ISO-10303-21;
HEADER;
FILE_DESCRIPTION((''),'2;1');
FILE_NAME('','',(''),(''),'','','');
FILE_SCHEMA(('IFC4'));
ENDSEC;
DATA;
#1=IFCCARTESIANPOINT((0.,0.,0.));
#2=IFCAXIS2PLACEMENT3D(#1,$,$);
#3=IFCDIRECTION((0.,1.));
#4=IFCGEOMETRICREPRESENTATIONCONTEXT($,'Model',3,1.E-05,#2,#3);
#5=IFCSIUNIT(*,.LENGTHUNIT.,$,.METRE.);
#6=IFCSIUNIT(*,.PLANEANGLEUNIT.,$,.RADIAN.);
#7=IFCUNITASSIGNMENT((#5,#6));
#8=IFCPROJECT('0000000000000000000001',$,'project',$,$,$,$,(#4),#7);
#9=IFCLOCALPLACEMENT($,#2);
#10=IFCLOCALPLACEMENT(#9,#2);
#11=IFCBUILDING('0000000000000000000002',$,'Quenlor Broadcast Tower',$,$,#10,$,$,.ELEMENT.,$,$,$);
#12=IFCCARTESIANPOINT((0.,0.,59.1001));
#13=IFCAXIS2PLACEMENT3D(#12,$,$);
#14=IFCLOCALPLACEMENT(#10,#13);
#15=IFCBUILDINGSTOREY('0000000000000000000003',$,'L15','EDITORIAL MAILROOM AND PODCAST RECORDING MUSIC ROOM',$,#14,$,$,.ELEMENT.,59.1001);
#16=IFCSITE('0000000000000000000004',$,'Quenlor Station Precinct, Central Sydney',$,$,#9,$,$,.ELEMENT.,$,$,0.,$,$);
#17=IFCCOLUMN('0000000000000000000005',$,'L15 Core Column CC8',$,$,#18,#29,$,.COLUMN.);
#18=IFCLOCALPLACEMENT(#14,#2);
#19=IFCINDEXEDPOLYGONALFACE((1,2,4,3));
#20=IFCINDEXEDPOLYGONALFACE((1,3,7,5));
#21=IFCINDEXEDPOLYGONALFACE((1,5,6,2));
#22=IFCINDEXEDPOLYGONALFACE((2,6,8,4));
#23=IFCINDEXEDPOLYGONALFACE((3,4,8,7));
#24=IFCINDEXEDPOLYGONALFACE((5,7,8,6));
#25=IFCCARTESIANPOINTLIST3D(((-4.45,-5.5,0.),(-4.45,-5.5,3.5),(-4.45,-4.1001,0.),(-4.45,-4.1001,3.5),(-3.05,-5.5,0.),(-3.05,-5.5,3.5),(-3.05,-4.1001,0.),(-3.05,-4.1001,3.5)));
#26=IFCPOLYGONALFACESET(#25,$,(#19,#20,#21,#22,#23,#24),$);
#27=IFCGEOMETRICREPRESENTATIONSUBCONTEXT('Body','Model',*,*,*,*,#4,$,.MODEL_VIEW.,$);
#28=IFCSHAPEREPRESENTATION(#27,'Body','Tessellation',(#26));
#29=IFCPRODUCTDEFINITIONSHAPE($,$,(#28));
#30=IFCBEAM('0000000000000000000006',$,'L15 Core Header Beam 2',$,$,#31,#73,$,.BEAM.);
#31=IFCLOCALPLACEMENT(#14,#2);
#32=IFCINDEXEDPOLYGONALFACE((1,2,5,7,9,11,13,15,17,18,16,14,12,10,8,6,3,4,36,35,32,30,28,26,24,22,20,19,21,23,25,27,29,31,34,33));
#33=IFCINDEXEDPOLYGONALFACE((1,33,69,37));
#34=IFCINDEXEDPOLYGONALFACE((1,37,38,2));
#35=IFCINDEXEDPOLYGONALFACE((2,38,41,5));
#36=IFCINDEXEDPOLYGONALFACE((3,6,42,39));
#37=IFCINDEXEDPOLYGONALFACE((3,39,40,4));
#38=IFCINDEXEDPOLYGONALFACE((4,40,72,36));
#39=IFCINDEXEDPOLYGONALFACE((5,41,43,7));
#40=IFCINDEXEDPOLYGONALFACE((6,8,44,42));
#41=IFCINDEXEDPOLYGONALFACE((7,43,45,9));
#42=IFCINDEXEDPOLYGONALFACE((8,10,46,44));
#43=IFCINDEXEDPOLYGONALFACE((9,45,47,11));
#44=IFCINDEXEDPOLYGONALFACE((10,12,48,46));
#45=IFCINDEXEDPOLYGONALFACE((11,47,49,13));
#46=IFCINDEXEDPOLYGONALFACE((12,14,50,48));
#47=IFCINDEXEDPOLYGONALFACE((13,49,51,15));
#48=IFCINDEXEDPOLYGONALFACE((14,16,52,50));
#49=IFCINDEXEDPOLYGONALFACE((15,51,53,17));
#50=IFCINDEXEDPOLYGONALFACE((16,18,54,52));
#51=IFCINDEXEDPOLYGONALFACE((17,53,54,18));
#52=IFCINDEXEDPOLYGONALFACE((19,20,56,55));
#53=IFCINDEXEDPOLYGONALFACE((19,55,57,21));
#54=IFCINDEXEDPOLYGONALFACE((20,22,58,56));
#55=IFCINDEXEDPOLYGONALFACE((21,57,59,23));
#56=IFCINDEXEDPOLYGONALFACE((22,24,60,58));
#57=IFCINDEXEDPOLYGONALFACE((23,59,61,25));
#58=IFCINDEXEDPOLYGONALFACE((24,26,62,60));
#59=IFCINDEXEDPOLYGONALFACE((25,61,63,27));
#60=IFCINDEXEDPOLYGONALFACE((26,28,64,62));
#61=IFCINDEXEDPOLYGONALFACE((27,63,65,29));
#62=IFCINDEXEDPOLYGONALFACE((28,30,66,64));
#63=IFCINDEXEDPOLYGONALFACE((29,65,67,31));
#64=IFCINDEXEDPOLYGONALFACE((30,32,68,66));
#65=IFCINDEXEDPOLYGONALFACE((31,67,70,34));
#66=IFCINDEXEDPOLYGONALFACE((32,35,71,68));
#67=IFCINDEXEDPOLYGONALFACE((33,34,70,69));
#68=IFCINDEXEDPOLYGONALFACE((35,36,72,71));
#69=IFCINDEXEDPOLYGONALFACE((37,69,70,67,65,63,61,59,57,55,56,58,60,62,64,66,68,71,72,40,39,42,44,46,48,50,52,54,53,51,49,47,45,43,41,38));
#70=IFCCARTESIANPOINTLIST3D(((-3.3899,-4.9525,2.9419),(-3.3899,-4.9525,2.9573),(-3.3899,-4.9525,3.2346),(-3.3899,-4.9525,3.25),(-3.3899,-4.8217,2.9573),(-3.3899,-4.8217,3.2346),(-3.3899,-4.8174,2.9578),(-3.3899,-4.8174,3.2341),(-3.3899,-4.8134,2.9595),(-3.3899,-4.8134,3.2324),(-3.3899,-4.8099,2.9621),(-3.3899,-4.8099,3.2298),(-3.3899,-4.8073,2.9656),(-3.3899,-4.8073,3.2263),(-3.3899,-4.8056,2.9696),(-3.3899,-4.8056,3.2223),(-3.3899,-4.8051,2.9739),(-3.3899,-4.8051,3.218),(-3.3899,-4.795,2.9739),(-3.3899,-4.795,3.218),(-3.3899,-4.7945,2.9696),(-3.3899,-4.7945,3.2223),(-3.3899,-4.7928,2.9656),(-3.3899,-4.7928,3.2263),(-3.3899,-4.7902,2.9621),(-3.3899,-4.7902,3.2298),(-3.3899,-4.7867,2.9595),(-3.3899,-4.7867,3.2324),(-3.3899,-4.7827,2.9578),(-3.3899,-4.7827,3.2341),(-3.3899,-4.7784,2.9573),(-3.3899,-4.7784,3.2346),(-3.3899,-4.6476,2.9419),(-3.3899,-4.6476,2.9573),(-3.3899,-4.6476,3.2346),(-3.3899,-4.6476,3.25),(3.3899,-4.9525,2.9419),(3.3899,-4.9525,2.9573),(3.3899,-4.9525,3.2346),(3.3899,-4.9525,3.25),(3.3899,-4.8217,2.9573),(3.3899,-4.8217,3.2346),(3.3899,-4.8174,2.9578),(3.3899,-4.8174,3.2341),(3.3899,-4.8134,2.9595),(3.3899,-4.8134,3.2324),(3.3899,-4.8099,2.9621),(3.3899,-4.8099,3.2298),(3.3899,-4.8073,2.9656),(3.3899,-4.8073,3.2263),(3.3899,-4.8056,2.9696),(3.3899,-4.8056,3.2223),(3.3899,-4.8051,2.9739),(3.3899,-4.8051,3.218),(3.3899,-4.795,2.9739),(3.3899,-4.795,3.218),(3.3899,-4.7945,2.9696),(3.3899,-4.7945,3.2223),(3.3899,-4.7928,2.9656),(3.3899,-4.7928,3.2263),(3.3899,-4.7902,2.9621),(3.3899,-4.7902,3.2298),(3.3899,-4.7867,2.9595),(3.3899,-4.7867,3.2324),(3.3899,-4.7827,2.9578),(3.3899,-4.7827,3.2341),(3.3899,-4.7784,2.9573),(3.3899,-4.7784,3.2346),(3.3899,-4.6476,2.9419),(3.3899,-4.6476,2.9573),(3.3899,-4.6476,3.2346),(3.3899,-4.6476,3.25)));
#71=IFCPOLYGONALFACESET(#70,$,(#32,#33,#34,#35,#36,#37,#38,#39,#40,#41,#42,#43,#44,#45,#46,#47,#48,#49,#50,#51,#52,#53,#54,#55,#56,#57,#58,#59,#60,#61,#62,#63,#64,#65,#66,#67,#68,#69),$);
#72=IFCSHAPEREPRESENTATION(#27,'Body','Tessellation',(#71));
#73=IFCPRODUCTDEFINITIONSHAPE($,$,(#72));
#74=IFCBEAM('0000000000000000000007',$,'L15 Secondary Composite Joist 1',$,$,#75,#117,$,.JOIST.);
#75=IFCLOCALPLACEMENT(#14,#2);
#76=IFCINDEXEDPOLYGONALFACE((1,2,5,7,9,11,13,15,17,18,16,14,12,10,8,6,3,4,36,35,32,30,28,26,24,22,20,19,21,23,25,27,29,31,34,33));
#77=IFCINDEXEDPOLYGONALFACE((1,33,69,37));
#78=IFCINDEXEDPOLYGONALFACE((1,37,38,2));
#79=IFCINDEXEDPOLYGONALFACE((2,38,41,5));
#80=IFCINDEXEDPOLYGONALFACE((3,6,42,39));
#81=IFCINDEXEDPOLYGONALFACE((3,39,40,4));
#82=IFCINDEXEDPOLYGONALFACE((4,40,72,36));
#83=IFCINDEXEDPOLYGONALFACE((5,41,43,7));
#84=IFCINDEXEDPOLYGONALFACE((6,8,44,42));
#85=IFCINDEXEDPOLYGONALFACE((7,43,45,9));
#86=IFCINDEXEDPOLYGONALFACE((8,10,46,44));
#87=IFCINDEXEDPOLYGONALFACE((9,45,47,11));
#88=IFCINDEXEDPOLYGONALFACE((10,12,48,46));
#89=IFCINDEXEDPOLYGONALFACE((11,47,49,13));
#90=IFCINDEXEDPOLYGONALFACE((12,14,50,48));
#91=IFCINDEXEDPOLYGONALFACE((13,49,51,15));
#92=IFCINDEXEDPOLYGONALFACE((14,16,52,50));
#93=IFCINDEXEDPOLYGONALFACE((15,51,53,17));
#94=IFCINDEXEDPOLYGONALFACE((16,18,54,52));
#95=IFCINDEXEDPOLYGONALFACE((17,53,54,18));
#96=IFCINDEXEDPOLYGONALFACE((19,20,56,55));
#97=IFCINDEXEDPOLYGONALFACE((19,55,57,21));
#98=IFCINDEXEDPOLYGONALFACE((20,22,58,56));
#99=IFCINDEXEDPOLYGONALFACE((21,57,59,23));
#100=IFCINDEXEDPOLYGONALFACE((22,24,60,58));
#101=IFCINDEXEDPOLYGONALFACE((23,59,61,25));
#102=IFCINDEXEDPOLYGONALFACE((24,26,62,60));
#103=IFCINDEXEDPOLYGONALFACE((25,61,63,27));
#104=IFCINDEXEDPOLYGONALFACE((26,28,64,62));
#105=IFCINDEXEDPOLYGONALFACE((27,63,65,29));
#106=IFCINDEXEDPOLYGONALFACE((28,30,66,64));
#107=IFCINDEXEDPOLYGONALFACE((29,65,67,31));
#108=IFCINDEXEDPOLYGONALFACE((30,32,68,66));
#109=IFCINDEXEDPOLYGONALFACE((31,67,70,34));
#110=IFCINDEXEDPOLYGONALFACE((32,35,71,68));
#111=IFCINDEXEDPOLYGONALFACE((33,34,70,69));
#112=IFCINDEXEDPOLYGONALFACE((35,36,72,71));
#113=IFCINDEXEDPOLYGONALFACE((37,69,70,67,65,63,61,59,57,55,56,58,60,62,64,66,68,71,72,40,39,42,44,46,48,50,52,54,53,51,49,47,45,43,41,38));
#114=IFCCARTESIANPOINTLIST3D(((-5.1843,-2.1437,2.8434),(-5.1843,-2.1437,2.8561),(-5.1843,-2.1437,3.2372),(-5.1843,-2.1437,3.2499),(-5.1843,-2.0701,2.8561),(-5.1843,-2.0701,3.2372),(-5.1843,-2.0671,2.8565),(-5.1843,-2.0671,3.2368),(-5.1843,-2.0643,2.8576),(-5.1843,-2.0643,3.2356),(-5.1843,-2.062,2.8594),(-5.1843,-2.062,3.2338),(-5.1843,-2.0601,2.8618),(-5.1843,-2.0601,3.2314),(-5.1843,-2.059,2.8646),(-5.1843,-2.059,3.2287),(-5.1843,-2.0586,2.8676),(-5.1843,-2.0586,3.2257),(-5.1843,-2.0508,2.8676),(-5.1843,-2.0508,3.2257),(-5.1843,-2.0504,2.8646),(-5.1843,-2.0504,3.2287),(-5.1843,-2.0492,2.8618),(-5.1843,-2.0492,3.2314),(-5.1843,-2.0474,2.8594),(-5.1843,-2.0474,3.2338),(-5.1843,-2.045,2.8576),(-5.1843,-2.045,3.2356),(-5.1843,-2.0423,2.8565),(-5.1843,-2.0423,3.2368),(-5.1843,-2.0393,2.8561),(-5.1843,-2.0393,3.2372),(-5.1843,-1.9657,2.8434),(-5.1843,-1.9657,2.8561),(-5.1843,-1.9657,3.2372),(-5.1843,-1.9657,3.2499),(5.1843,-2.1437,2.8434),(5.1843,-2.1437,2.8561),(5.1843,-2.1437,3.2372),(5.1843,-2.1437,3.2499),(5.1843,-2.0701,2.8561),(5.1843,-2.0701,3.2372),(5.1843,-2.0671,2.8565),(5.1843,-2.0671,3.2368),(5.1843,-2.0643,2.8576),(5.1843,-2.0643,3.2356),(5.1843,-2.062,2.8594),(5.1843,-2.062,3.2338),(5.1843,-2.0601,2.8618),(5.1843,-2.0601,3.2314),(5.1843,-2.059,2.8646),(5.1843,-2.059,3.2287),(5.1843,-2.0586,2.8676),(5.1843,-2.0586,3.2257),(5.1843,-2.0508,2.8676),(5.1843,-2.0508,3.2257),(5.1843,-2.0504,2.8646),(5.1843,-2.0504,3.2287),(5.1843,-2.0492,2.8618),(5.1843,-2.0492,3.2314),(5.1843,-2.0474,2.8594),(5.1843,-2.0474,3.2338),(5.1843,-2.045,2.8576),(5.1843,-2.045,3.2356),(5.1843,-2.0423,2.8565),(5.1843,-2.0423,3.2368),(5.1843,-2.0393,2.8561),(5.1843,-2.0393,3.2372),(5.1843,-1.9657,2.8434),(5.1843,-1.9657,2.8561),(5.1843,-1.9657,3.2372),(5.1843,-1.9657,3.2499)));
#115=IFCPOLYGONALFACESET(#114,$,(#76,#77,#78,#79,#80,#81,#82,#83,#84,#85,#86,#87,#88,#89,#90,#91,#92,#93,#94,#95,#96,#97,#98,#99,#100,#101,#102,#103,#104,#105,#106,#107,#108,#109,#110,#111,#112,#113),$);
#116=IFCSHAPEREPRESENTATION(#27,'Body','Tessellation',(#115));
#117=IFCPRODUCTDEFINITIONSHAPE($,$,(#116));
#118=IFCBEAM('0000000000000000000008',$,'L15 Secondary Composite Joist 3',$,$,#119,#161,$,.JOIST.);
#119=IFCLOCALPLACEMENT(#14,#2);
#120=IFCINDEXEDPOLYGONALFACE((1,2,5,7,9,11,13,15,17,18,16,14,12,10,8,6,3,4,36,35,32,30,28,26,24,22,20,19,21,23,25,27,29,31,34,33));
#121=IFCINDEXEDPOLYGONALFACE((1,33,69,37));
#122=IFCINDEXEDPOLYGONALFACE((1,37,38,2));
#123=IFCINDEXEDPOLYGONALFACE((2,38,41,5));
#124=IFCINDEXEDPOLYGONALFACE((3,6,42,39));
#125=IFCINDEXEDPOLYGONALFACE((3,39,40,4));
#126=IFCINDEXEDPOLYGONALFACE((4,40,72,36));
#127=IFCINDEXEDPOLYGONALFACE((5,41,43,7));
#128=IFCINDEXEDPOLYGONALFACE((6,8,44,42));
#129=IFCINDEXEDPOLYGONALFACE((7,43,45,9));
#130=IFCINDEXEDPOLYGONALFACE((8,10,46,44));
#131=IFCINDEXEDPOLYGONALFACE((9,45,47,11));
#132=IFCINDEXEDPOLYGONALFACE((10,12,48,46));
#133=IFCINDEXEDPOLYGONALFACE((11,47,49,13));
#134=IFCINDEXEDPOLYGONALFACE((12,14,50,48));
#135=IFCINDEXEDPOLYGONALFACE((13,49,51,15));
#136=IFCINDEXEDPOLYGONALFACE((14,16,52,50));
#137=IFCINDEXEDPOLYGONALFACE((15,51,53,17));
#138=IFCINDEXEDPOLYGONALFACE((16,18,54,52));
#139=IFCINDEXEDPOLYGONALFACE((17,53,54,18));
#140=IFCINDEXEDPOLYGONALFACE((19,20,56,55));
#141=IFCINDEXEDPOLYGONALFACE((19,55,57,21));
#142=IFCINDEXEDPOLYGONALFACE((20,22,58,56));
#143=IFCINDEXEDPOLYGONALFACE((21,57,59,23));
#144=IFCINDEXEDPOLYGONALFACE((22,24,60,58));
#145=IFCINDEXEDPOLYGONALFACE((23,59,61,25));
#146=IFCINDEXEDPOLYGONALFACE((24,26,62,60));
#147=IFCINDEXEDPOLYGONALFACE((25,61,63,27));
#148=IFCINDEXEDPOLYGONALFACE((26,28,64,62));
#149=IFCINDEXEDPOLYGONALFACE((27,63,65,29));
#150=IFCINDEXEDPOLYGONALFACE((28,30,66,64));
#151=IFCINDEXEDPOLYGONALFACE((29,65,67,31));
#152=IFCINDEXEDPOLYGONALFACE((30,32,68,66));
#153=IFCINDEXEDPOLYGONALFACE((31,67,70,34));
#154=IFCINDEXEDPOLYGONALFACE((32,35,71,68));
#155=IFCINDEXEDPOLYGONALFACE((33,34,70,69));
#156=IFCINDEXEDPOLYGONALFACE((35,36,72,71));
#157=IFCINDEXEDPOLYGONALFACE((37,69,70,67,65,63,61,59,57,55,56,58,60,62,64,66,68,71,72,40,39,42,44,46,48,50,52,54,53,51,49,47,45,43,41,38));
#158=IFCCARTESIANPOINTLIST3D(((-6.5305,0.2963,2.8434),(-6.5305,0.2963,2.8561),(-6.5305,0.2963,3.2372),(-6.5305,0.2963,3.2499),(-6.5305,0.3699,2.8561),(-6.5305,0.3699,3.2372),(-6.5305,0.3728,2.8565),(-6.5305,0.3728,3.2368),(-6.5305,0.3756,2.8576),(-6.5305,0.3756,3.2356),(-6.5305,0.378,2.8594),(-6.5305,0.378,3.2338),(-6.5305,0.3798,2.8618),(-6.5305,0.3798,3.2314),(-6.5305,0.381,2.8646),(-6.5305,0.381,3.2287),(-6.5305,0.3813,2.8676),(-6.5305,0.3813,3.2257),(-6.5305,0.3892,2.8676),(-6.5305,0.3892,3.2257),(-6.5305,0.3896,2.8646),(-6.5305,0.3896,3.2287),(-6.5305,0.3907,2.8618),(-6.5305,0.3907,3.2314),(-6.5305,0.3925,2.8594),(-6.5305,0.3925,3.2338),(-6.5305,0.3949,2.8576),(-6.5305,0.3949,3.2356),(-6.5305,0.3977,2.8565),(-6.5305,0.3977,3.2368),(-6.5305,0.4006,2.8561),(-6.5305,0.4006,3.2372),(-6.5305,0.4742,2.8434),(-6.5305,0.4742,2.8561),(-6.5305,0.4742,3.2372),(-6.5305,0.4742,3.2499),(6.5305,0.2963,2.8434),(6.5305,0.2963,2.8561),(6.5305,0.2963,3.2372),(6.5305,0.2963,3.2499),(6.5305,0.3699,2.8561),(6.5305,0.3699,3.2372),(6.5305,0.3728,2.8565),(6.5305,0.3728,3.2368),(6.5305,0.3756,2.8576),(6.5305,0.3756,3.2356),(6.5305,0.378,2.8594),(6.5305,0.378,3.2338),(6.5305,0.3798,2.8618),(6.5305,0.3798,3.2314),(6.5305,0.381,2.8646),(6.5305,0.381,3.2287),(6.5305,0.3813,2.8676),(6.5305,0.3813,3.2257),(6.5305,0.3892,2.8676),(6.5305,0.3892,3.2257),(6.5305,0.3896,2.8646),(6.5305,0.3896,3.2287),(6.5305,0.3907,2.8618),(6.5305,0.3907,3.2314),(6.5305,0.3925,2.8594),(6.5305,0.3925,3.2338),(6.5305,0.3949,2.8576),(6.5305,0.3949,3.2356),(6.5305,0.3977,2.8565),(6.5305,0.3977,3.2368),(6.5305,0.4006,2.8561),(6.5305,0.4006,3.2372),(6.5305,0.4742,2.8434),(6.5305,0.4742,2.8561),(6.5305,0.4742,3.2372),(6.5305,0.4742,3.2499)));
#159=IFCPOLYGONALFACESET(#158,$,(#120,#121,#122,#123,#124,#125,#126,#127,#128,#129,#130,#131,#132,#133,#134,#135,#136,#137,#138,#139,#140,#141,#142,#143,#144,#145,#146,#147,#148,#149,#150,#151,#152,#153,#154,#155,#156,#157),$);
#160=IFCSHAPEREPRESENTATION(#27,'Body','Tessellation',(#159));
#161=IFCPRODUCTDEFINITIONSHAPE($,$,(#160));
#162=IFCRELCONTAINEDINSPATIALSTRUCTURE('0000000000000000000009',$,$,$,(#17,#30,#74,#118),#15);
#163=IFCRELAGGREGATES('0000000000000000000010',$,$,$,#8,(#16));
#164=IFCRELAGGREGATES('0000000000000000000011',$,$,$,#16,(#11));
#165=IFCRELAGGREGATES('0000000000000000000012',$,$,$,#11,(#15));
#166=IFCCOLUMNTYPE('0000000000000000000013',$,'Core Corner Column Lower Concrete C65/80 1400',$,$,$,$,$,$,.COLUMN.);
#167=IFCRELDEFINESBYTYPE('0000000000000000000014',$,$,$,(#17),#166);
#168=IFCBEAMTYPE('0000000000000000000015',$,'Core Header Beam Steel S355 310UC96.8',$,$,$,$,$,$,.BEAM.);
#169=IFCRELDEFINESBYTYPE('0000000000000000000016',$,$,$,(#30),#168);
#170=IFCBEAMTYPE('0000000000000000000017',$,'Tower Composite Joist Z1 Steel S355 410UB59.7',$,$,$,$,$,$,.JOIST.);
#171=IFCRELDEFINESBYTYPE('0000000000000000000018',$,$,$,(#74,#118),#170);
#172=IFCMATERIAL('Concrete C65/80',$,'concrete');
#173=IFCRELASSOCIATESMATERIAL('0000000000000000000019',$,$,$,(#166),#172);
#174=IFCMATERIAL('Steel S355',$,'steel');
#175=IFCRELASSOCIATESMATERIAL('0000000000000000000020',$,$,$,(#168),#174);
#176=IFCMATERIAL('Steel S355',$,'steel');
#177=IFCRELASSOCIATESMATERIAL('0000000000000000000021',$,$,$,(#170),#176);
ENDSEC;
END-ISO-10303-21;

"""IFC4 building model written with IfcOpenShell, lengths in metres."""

from ifc_helpers import new_model, si_unit, direction, frame, origin, origin_2d, place, context, subcontext, project, spatial, rectangle, i_section, extrude, material, material_profile, profile_set, type_object, element, save


model = new_model("IFC4")

# Units and contexts
model_context = context("Model", 3, precision=1e-05, world=origin(), true_north=direction((0.0, 1.0)))
body_context = subcontext(model_context, "Body", "Model", "MODEL_VIEW")
ifc_project = project(units=[si_unit("LENGTHUNIT", "METRE"), si_unit("PLANEANGLEUNIT", "RADIAN")], contexts=[model_context])

# Site, building, storey
site_placement = place(None, origin())
site = spatial("IfcSite", under=ifc_project, at=site_placement, Name="Quenlor Station Precinct, Central Sydney", CompositionType="ELEMENT", RefElevation=0.0)
building_placement = place(site_placement, origin())
building = spatial("IfcBuilding", under=site, at=building_placement, Name="Quenlor Broadcast Tower", CompositionType="ELEMENT")
storey_placement = place(building_placement, frame((0.0, 0.0, 59.1001)))
storey = spatial("IfcBuildingStorey", under=building, at=storey_placement, Name="L15", Description="EDITORIAL MAILROOM AND PODCAST RECORDING MUSIC ROOM", CompositionType="ELEMENT", Elevation=59.1001)

# Column
ifc_material_1 = material(Name="Concrete C65/80", Category="concrete")
ifc_material_profile_1 = material_profile(ifc_material_1, rectangle(XDim=1.3999, YDim=1.3999, at=origin_2d()))
ifc_profile_set_1 = profile_set([ifc_material_profile_1], Name="Concrete C65/80 RC1400x1400")
column_type = type_object("IfcColumnType", Name="Core Corner Column Lower Concrete C65/80 1400", PredefinedType="COLUMN", material=ifc_profile_set_1)
column_placement = place(storey_placement, frame((-3.75, -4.8, 0.0), z_axis=(0.0, 0.0, 1.0), x_axis=(1.0, 0.0, 0.0)))
element("IfcColumn", 1, at=column_placement, inside=storey, type_object=column_type, Name="L15 Core Column CC8", PredefinedType="COLUMN", context=body_context, shape_type="SweptSolid", body=[
    extrude(rectangle(XDim=1.3999, YDim=1.3999, at=origin_2d()), origin(), (0.0, 0.0, 1.0), 3.5),
])

# Beams
ifc_material_2 = material(Name="Steel S355", Category="steel")
ifc_material_profile_2 = material_profile(ifc_material_2, i_section(OverallWidth=0.3049, OverallDepth=0.3081, WebThickness=0.01, FlangeThickness=0.0154, FilletRadius=0.0166, at=origin_2d()))
ifc_profile_set_2 = profile_set([ifc_material_profile_2], Name="Steel S355 310UC96.8")
beam_type_1 = type_object("IfcBeamType", Name="Core Header Beam Steel S355 310UC96.8", PredefinedType="BEAM", material=ifc_profile_set_2)
beam_1_placement = place(storey_placement, frame((-3.3899, -4.8, 3.0959), z_axis=(1.0, 0.0, 0.0), x_axis=(0.0, 1.0, 0.0)))
element("IfcBeam", 2, at=beam_1_placement, inside=storey, type_object=beam_type_1, Name="L15 Core Header Beam 2", PredefinedType="BEAM", context=body_context, shape_type="SweptSolid", body=[
    extrude(i_section(OverallWidth=0.3049, OverallDepth=0.3081, WebThickness=0.01, FlangeThickness=0.0154, FilletRadius=0.0166, at=origin_2d()), origin(), (0.0, 0.0, 1.0), 6.7798),
])
ifc_material_3 = material(Name="Steel S355", Category="steel")
ifc_material_profile_3 = material_profile(ifc_material_3, i_section(OverallWidth=0.178, OverallDepth=0.4065, WebThickness=0.0078, FlangeThickness=0.0127, FilletRadius=0.0115, at=origin_2d()))
ifc_profile_set_3 = profile_set([ifc_material_profile_3], Name="Steel S355 410UB59.7")
beam_type_2 = type_object("IfcBeamType", Name="Tower Composite Joist Z1 Steel S355 410UB59.7", PredefinedType="JOIST", material=ifc_profile_set_3)
beam_2_placement = place(storey_placement, frame((-5.1843, -2.0547, 3.0466), z_axis=(1.0, 0.0, 0.0), x_axis=(0.0, 1.0, 0.0)))
element("IfcBeam", 3, at=beam_2_placement, inside=storey, type_object=beam_type_2, Name="L15 Secondary Composite Joist 1", PredefinedType="JOIST", context=body_context, shape_type="SweptSolid", body=[
    extrude(i_section(OverallWidth=0.178, OverallDepth=0.4065, WebThickness=0.0078, FlangeThickness=0.0127, FilletRadius=0.0115, at=origin_2d()), origin(), (0.0, 0.0, 1.0), 10.3687),
])
beam_3_placement = place(storey_placement, frame((-6.5305, 0.3853, 3.0466), z_axis=(1.0, 0.0, 0.0), x_axis=(0.0, 1.0, 0.0)))
element("IfcBeam", 4, at=beam_3_placement, inside=storey, type_object=beam_type_2, Name="L15 Secondary Composite Joist 3", PredefinedType="JOIST", context=body_context, shape_type="SweptSolid", body=[
    extrude(i_section(OverallWidth=0.178, OverallDepth=0.4065, WebThickness=0.0078, FlangeThickness=0.0127, FilletRadius=0.0115, at=origin_2d()), origin(), (0.0, 0.0, 1.0), 13.061),
])

save(model, "model.ifc")
